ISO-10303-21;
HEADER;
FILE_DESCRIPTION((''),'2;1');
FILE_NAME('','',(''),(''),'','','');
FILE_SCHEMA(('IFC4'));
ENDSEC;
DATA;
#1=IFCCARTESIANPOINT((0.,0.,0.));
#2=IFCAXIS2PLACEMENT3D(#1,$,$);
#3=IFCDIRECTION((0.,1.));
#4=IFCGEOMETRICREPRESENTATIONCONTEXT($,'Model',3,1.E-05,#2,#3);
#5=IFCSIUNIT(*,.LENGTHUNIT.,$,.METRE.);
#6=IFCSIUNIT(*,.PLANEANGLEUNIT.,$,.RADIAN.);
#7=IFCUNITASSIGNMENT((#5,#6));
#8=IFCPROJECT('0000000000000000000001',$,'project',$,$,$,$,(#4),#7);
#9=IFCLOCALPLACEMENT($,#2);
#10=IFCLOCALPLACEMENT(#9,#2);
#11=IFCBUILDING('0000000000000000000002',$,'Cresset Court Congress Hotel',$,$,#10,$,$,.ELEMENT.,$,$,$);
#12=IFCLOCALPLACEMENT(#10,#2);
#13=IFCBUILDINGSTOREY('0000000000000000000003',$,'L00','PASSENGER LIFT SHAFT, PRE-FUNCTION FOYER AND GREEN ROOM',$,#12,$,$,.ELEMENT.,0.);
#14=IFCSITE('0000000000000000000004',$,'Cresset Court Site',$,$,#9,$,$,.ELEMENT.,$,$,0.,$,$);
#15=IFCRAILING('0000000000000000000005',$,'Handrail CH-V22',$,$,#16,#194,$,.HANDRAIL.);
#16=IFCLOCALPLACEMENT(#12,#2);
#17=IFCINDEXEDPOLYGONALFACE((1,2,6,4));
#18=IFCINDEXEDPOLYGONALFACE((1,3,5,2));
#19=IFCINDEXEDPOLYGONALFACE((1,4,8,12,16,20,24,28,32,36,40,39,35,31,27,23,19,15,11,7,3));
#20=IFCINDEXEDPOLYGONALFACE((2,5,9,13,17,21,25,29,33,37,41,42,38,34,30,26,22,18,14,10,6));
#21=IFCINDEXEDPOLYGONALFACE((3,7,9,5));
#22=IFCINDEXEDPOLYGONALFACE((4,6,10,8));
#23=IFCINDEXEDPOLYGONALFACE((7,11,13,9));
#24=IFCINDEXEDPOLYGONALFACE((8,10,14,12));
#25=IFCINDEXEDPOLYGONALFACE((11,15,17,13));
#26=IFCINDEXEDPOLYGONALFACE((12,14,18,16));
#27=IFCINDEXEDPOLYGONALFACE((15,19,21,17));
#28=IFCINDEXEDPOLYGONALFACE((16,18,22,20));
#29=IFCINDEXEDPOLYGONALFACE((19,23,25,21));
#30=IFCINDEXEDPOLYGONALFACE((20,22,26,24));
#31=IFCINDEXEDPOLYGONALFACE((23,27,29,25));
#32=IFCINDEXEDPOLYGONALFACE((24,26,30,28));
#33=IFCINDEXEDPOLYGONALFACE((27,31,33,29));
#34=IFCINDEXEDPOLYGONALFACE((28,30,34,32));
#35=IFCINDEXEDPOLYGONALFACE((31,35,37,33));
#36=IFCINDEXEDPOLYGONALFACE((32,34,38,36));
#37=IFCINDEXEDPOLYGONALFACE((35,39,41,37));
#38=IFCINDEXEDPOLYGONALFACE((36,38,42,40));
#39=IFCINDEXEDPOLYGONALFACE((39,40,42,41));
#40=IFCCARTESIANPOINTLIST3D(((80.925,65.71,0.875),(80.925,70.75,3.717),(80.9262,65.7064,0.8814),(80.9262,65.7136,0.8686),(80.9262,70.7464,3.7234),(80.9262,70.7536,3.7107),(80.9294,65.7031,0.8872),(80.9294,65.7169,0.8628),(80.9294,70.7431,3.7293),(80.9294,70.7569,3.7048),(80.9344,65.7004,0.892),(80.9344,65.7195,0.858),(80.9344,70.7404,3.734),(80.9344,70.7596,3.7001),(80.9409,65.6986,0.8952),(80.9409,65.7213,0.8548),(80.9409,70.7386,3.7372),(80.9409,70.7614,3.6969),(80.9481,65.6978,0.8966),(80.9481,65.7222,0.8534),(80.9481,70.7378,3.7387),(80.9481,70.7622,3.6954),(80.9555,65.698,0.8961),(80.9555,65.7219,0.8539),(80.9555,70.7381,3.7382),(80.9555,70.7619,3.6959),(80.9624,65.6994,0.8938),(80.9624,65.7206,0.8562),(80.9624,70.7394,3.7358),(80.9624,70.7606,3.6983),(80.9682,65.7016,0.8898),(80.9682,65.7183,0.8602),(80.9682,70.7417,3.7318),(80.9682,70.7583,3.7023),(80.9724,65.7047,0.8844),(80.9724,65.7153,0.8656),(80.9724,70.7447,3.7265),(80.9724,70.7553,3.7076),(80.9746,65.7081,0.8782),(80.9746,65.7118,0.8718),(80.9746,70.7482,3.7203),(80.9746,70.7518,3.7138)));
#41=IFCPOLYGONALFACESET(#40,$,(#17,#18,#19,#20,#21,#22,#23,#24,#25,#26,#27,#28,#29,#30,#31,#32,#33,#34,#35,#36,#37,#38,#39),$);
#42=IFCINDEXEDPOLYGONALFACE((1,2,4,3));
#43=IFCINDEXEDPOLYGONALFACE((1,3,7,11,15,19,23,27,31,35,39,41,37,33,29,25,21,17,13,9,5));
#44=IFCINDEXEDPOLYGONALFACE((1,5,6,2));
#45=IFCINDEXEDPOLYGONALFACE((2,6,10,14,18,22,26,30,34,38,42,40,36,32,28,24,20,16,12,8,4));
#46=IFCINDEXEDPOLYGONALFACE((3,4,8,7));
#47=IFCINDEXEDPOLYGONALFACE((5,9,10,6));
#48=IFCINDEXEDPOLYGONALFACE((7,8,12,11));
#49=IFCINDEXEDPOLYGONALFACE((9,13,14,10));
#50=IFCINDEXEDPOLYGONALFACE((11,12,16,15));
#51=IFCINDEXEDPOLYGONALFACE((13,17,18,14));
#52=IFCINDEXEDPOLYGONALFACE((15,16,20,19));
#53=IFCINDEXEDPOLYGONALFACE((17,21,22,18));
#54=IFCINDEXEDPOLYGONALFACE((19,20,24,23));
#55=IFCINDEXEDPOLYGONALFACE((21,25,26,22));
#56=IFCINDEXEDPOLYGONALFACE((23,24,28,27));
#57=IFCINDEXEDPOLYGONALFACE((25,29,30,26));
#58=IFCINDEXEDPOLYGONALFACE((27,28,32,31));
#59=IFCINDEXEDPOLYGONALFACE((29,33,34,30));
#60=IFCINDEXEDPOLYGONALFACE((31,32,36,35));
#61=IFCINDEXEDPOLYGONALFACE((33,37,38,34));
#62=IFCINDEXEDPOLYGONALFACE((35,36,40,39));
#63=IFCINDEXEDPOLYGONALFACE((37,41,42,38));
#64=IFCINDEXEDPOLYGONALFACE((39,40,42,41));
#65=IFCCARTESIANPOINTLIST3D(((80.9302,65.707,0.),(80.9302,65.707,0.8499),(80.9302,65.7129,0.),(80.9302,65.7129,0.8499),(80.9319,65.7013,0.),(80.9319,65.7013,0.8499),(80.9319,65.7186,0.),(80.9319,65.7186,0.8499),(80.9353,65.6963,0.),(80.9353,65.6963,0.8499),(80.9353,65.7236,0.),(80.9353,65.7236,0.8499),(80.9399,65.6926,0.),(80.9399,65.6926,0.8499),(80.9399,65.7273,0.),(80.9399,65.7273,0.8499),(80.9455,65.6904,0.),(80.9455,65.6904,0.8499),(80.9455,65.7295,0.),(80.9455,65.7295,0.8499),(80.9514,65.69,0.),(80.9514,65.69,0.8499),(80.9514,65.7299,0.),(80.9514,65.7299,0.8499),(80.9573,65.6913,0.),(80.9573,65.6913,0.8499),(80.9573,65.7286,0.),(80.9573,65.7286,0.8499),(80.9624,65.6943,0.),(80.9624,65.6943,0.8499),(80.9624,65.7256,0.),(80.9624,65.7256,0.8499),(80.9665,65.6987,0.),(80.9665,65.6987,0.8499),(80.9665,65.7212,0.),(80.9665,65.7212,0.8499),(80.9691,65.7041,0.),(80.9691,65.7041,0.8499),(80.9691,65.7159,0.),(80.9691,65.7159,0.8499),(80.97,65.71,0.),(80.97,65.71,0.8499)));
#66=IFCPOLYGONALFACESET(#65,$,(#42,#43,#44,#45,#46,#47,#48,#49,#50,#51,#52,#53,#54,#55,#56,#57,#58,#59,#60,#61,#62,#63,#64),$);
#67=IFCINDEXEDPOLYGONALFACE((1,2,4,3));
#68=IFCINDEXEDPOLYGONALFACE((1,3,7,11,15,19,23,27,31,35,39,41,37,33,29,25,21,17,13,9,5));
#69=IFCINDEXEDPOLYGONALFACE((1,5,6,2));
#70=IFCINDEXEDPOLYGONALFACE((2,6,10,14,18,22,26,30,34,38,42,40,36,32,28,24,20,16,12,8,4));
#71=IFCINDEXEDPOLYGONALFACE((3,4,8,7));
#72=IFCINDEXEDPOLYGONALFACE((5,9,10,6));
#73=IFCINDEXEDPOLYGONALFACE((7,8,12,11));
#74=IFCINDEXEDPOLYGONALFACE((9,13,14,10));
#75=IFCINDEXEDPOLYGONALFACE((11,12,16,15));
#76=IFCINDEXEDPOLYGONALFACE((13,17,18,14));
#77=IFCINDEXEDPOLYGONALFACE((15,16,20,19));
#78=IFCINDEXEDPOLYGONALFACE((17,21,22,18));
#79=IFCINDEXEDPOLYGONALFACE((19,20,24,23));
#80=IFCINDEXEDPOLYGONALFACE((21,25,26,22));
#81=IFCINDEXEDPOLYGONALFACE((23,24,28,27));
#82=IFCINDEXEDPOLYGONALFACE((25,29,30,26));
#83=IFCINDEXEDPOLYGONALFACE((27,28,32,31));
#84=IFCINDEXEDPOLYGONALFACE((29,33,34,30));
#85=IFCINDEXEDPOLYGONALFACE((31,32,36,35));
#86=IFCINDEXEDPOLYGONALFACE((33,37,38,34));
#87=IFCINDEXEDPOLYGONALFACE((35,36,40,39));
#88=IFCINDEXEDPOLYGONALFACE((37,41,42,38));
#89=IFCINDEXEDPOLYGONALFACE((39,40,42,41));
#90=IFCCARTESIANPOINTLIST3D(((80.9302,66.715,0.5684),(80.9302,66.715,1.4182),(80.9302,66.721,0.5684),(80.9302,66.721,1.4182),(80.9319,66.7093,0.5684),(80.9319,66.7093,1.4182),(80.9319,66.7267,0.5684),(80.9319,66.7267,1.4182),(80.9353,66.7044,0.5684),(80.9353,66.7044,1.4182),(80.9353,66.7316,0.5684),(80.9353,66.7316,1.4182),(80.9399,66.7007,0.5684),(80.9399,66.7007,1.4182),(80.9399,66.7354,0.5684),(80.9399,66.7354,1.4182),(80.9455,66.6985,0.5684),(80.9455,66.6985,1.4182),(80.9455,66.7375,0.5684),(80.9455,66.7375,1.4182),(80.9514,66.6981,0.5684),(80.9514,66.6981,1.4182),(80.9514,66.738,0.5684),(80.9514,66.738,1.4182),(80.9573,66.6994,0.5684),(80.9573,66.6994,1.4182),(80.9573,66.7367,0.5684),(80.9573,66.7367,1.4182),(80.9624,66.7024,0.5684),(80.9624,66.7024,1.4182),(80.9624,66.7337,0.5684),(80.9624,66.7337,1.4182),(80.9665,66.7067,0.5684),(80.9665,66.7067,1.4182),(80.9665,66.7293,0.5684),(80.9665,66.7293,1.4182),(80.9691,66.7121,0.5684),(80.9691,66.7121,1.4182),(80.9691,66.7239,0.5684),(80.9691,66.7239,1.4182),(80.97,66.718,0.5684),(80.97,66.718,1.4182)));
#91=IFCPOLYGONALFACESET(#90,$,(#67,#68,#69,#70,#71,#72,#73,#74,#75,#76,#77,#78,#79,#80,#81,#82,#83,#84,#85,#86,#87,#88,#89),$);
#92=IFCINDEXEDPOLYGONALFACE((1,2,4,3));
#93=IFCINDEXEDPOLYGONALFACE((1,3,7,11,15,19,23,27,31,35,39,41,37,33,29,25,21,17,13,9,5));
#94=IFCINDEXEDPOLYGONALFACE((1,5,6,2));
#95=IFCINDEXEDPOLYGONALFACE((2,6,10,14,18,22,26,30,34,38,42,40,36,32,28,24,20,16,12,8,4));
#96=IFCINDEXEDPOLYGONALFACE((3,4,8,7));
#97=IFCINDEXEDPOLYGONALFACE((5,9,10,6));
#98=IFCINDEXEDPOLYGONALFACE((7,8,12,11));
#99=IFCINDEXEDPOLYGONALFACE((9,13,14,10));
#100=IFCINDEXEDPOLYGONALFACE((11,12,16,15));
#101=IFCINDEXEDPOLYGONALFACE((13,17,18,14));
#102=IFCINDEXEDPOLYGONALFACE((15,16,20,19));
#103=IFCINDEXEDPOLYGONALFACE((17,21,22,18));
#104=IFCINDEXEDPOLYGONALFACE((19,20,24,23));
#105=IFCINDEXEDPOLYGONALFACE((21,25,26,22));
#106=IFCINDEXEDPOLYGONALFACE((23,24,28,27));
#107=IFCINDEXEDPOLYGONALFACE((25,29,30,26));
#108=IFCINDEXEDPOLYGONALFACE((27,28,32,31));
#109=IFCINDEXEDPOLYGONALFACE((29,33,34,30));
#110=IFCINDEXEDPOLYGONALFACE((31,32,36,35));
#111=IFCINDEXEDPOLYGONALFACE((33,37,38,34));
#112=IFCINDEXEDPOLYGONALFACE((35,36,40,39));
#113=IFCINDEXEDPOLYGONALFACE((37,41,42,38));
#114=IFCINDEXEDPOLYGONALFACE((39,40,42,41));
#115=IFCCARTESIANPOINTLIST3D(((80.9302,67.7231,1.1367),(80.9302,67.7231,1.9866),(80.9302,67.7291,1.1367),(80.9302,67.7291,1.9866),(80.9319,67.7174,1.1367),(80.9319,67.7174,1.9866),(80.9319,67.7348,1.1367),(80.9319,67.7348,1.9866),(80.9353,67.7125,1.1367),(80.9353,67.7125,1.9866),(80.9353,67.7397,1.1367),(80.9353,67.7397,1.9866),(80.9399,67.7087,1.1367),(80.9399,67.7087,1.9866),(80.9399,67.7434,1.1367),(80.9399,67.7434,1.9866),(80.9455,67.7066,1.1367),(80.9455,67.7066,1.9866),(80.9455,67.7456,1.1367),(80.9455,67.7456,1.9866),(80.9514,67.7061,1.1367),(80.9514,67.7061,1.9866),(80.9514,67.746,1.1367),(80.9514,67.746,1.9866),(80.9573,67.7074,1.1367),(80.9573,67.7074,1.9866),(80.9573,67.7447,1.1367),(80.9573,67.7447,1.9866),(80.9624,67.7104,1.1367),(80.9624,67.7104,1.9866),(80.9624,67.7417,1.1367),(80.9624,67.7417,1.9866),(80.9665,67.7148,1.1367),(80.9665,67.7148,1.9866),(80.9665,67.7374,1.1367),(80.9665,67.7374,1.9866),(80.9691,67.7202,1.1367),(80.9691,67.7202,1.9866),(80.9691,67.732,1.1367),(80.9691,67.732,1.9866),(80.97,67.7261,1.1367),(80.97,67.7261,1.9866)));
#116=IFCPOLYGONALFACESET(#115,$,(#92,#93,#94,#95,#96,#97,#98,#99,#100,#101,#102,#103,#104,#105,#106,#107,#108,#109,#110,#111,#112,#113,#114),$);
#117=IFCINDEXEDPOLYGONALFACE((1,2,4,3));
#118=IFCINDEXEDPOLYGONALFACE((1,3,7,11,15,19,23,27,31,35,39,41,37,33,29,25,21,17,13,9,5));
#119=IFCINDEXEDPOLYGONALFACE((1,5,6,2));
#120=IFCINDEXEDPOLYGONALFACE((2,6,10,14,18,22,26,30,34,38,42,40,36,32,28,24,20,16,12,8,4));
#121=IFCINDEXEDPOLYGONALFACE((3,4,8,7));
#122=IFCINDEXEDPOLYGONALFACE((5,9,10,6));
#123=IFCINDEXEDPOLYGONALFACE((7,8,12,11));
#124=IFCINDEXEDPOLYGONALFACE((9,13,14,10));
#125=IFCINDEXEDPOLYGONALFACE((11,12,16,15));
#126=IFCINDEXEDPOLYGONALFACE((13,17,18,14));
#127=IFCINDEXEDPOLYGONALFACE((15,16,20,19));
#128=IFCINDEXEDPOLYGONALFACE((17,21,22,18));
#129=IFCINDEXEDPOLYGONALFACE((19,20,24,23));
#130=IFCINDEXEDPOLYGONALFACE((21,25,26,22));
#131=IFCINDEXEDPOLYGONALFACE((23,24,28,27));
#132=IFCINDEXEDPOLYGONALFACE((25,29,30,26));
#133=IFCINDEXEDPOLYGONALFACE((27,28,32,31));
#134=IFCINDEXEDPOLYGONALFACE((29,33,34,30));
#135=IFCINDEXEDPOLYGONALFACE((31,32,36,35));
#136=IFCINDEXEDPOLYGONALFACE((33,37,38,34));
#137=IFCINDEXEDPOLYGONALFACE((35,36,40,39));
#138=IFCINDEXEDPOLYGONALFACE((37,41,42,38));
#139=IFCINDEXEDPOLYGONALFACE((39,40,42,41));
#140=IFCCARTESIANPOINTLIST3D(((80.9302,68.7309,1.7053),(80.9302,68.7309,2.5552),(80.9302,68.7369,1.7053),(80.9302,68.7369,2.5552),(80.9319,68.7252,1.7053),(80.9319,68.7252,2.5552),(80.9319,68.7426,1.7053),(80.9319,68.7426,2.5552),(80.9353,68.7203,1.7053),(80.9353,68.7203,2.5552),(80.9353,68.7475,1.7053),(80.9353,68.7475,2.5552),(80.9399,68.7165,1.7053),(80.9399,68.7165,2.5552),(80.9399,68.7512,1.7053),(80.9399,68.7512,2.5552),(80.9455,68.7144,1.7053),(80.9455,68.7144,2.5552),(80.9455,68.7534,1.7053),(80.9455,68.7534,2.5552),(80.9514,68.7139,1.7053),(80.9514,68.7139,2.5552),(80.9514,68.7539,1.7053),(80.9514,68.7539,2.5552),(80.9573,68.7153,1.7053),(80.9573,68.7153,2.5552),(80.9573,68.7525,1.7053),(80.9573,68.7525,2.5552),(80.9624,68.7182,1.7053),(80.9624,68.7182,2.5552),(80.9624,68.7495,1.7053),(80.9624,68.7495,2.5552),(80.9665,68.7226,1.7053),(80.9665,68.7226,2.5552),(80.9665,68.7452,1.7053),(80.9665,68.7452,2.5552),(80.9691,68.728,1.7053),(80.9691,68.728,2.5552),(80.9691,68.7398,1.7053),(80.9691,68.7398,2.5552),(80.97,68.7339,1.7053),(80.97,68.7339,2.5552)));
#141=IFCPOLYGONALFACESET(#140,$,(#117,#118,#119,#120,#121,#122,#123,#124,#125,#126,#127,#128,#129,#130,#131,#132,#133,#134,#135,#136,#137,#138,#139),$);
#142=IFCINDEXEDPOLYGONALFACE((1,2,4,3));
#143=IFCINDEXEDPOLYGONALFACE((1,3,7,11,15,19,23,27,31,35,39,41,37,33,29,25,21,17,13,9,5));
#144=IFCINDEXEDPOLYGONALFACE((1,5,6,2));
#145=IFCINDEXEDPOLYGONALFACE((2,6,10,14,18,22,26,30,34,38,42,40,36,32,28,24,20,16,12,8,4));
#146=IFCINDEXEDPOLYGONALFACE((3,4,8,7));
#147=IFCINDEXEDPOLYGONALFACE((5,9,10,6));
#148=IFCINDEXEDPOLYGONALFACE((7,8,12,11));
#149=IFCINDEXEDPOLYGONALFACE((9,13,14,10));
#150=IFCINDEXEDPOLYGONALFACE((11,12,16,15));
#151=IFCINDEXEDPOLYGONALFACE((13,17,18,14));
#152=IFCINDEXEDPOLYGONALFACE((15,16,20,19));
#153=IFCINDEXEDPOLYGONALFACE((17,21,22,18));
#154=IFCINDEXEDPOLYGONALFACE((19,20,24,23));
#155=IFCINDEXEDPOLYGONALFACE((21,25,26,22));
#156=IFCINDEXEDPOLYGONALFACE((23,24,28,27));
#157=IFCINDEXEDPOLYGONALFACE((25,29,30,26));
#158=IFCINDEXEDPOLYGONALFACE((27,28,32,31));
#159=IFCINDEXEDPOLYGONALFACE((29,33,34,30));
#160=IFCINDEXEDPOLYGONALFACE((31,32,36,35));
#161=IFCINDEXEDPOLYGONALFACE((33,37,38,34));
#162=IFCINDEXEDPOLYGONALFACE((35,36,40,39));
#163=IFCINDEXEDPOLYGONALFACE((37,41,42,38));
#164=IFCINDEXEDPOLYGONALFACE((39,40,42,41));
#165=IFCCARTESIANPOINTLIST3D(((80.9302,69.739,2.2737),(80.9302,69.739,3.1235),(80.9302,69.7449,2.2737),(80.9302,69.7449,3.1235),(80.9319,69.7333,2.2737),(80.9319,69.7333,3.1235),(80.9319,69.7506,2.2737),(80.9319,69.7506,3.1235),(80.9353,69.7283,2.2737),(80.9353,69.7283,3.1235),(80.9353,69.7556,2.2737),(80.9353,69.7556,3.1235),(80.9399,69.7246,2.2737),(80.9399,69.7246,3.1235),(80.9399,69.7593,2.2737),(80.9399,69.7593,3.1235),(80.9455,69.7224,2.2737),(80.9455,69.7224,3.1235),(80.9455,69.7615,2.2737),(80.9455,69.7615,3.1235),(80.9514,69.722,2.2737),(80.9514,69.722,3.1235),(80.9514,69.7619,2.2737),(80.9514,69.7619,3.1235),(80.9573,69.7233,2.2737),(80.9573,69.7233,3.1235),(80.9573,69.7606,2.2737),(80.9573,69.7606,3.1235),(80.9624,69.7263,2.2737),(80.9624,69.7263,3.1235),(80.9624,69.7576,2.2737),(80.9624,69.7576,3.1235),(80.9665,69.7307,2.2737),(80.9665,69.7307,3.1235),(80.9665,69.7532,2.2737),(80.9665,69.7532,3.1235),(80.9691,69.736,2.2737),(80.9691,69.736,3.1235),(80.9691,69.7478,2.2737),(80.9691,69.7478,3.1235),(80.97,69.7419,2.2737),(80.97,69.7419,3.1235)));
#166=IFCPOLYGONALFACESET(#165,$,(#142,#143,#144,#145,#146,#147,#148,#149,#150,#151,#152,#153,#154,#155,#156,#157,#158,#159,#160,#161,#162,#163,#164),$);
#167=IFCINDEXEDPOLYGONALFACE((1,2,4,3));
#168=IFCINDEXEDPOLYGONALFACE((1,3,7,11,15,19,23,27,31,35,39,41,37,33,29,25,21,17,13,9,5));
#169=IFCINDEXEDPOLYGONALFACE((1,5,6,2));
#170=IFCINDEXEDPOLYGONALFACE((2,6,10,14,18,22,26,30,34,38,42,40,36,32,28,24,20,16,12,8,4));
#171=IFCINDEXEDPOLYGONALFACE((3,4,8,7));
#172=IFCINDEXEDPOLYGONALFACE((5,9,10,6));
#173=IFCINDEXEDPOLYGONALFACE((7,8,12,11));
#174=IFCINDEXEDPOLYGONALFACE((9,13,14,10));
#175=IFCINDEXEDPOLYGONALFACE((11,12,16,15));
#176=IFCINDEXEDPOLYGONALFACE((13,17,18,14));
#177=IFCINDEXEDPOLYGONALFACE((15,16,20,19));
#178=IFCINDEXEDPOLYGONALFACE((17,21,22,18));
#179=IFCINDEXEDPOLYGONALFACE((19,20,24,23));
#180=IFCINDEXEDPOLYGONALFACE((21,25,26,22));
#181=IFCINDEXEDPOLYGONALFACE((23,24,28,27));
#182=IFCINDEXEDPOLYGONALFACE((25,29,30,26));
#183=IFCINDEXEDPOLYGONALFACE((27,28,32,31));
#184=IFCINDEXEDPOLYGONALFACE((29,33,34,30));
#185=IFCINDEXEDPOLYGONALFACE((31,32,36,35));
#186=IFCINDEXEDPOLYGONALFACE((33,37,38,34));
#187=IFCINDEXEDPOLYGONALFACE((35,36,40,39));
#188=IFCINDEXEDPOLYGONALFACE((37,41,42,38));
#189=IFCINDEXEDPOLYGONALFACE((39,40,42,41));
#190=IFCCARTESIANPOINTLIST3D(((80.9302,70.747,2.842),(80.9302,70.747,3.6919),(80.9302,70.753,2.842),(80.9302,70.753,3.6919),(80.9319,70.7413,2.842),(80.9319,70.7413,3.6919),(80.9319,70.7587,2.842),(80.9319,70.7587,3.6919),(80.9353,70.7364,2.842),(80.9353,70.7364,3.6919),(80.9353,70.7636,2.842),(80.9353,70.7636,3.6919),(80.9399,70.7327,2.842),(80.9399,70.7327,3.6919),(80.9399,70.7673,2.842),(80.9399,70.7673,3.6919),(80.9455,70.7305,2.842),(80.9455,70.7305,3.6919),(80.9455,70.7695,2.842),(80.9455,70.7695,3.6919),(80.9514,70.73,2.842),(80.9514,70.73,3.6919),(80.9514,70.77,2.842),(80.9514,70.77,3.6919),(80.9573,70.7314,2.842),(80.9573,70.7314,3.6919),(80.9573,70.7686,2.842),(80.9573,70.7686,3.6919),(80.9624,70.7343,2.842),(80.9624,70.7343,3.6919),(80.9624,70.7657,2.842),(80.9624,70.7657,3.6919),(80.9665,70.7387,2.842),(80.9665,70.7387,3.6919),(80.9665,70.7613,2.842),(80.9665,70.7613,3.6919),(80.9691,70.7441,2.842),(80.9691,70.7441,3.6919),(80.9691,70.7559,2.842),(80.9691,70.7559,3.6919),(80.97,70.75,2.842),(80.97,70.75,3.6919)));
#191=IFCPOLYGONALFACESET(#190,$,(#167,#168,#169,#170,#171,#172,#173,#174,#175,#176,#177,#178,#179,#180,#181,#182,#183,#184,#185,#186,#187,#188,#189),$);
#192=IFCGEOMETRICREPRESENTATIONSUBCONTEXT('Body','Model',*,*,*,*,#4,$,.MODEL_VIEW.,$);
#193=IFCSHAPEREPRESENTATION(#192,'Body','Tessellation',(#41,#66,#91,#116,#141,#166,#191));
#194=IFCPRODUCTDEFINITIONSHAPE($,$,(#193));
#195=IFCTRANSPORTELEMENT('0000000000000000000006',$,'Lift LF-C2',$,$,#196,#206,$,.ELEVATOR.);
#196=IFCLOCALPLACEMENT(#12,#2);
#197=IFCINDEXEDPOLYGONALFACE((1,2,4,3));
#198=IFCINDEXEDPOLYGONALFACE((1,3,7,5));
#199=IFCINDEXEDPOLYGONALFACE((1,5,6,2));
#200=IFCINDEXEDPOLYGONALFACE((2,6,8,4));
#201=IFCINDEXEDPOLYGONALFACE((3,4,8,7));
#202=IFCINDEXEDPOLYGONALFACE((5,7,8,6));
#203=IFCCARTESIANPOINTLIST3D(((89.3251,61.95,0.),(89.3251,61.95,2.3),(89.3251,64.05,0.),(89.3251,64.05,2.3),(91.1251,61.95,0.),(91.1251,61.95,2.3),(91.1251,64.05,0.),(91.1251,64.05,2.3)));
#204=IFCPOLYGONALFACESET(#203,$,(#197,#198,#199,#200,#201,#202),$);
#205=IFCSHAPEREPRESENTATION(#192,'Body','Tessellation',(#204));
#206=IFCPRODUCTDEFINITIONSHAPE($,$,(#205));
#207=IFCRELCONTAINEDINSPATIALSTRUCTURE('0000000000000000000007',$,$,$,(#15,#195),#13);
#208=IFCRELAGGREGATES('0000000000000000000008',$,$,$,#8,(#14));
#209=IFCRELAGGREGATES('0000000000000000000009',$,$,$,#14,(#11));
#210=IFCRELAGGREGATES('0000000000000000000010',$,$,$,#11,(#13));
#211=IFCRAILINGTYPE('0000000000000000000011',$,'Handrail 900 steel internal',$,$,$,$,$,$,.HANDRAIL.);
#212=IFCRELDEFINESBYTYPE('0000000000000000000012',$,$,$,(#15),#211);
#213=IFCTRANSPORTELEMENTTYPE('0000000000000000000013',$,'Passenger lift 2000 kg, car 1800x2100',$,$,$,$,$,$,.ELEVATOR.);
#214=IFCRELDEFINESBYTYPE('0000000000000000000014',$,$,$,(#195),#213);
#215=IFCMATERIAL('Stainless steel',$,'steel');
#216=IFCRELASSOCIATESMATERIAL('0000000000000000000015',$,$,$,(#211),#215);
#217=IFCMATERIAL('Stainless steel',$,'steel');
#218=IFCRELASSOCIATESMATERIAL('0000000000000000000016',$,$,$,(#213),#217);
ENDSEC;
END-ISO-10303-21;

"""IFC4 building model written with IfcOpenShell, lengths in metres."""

from ifc_helpers import new_model, si_unit, direction, frame, origin, origin_2d, place, context, subcontext, project, spatial, rectangle, circle, extrude, material, type_object, element, save


model = new_model("IFC4")

# Units and contexts
model_context = context("Model", 3, precision=1e-05, world=origin(), true_north=direction((0.0, 1.0)))
body_context = subcontext(model_context, "Body", "Model", "MODEL_VIEW")
ifc_project = project(units=[si_unit("LENGTHUNIT", "METRE"), si_unit("PLANEANGLEUNIT", "RADIAN")], contexts=[model_context])

# Site, building, storey
site_placement = place(None, origin())
site = spatial("IfcSite", under=ifc_project, at=site_placement, Name="Cresset Court Site", CompositionType="ELEMENT", RefElevation=0.0)
building_placement = place(site_placement, origin())
building = spatial("IfcBuilding", under=site, at=building_placement, Name="Cresset Court Congress Hotel", CompositionType="ELEMENT")
storey_placement = place(building_placement, origin())
storey = spatial("IfcBuildingStorey", under=building, at=storey_placement, Name="L00", Description="PASSENGER LIFT SHAFT, PRE-FUNCTION FOYER AND GREEN ROOM", CompositionType="ELEMENT", Elevation=0.0)

# Railing
ifc_material_1 = material(Name="Stainless steel", Category="steel")
railing_type_1 = type_object("IfcRailingType", Name="Handrail 900 steel internal", PredefinedType="HANDRAIL", material=ifc_material_1)
for number, where, name in (
    (1, (80.95, 65.71, 0.0), "Handrail CH-V22"),
):
    element("IfcRailing", number, at=place(storey_placement, frame(where)), inside=storey, type_object=railing_type_1, Name=name, PredefinedType="HANDRAIL", context=body_context, shape_type="SweptSolid", body=[
        extrude(circle(Radius=0.0249, at=origin_2d()), frame((0.0, 0.0, 0.875), z_axis=(0.0, 0.871057, 0.491182), x_axis=(-1.0, 0.0, 0.0)), (0.0, 0.0, 1.0), 5.7861),
        extrude(circle(Radius=0.02, at=origin_2d()), origin(), (0.0, 0.0, 1.0), 0.8499),
        extrude(circle(Radius=0.02, at=origin_2d()), frame((0.0, 1.0081, 0.5684)), (0.0, 0.0, 1.0), 0.8499),
        extrude(circle(Radius=0.02, at=origin_2d()), frame((0.0, 2.0161, 1.1367)), (0.0, 0.0, 1.0), 0.8499),
        extrude(circle(Radius=0.02, at=origin_2d()), frame((0.0, 3.0239, 1.7053)), (0.0, 0.0, 1.0), 0.8499),
        extrude(circle(Radius=0.02, at=origin_2d()), frame((0.0, 4.032, 2.2737)), (0.0, 0.0, 1.0), 0.8499),
        extrude(circle(Radius=0.02, at=origin_2d()), frame((0.0, 5.04, 2.842)), (0.0, 0.0, 1.0), 0.8499),
    ])

# Transport element
ifc_material_2 = material(Name="Stainless steel", Category="steel")
transport_element_type = type_object("IfcTransportElementType", Name="Passenger lift 2000 kg, car 1800x2100", PredefinedType="ELEVATOR", material=ifc_material_2)
transport_element_placement = place(storey_placement, frame((90.2251, 63.0, 0.0), z_axis=(0.0, 0.0, 1.0), x_axis=(1.0, 0.0, 0.0)))
element("IfcTransportElement", 2, at=transport_element_placement, inside=storey, type_object=transport_element_type, Name="Lift LF-C2", PredefinedType="ELEVATOR", context=body_context, shape_type="SweptSolid", body=[
    extrude(rectangle(XDim=1.8, YDim=2.1001, at=origin_2d()), origin(), (0.0, 0.0, 1.0), 2.3),
])

save(model, "model.ifc")
